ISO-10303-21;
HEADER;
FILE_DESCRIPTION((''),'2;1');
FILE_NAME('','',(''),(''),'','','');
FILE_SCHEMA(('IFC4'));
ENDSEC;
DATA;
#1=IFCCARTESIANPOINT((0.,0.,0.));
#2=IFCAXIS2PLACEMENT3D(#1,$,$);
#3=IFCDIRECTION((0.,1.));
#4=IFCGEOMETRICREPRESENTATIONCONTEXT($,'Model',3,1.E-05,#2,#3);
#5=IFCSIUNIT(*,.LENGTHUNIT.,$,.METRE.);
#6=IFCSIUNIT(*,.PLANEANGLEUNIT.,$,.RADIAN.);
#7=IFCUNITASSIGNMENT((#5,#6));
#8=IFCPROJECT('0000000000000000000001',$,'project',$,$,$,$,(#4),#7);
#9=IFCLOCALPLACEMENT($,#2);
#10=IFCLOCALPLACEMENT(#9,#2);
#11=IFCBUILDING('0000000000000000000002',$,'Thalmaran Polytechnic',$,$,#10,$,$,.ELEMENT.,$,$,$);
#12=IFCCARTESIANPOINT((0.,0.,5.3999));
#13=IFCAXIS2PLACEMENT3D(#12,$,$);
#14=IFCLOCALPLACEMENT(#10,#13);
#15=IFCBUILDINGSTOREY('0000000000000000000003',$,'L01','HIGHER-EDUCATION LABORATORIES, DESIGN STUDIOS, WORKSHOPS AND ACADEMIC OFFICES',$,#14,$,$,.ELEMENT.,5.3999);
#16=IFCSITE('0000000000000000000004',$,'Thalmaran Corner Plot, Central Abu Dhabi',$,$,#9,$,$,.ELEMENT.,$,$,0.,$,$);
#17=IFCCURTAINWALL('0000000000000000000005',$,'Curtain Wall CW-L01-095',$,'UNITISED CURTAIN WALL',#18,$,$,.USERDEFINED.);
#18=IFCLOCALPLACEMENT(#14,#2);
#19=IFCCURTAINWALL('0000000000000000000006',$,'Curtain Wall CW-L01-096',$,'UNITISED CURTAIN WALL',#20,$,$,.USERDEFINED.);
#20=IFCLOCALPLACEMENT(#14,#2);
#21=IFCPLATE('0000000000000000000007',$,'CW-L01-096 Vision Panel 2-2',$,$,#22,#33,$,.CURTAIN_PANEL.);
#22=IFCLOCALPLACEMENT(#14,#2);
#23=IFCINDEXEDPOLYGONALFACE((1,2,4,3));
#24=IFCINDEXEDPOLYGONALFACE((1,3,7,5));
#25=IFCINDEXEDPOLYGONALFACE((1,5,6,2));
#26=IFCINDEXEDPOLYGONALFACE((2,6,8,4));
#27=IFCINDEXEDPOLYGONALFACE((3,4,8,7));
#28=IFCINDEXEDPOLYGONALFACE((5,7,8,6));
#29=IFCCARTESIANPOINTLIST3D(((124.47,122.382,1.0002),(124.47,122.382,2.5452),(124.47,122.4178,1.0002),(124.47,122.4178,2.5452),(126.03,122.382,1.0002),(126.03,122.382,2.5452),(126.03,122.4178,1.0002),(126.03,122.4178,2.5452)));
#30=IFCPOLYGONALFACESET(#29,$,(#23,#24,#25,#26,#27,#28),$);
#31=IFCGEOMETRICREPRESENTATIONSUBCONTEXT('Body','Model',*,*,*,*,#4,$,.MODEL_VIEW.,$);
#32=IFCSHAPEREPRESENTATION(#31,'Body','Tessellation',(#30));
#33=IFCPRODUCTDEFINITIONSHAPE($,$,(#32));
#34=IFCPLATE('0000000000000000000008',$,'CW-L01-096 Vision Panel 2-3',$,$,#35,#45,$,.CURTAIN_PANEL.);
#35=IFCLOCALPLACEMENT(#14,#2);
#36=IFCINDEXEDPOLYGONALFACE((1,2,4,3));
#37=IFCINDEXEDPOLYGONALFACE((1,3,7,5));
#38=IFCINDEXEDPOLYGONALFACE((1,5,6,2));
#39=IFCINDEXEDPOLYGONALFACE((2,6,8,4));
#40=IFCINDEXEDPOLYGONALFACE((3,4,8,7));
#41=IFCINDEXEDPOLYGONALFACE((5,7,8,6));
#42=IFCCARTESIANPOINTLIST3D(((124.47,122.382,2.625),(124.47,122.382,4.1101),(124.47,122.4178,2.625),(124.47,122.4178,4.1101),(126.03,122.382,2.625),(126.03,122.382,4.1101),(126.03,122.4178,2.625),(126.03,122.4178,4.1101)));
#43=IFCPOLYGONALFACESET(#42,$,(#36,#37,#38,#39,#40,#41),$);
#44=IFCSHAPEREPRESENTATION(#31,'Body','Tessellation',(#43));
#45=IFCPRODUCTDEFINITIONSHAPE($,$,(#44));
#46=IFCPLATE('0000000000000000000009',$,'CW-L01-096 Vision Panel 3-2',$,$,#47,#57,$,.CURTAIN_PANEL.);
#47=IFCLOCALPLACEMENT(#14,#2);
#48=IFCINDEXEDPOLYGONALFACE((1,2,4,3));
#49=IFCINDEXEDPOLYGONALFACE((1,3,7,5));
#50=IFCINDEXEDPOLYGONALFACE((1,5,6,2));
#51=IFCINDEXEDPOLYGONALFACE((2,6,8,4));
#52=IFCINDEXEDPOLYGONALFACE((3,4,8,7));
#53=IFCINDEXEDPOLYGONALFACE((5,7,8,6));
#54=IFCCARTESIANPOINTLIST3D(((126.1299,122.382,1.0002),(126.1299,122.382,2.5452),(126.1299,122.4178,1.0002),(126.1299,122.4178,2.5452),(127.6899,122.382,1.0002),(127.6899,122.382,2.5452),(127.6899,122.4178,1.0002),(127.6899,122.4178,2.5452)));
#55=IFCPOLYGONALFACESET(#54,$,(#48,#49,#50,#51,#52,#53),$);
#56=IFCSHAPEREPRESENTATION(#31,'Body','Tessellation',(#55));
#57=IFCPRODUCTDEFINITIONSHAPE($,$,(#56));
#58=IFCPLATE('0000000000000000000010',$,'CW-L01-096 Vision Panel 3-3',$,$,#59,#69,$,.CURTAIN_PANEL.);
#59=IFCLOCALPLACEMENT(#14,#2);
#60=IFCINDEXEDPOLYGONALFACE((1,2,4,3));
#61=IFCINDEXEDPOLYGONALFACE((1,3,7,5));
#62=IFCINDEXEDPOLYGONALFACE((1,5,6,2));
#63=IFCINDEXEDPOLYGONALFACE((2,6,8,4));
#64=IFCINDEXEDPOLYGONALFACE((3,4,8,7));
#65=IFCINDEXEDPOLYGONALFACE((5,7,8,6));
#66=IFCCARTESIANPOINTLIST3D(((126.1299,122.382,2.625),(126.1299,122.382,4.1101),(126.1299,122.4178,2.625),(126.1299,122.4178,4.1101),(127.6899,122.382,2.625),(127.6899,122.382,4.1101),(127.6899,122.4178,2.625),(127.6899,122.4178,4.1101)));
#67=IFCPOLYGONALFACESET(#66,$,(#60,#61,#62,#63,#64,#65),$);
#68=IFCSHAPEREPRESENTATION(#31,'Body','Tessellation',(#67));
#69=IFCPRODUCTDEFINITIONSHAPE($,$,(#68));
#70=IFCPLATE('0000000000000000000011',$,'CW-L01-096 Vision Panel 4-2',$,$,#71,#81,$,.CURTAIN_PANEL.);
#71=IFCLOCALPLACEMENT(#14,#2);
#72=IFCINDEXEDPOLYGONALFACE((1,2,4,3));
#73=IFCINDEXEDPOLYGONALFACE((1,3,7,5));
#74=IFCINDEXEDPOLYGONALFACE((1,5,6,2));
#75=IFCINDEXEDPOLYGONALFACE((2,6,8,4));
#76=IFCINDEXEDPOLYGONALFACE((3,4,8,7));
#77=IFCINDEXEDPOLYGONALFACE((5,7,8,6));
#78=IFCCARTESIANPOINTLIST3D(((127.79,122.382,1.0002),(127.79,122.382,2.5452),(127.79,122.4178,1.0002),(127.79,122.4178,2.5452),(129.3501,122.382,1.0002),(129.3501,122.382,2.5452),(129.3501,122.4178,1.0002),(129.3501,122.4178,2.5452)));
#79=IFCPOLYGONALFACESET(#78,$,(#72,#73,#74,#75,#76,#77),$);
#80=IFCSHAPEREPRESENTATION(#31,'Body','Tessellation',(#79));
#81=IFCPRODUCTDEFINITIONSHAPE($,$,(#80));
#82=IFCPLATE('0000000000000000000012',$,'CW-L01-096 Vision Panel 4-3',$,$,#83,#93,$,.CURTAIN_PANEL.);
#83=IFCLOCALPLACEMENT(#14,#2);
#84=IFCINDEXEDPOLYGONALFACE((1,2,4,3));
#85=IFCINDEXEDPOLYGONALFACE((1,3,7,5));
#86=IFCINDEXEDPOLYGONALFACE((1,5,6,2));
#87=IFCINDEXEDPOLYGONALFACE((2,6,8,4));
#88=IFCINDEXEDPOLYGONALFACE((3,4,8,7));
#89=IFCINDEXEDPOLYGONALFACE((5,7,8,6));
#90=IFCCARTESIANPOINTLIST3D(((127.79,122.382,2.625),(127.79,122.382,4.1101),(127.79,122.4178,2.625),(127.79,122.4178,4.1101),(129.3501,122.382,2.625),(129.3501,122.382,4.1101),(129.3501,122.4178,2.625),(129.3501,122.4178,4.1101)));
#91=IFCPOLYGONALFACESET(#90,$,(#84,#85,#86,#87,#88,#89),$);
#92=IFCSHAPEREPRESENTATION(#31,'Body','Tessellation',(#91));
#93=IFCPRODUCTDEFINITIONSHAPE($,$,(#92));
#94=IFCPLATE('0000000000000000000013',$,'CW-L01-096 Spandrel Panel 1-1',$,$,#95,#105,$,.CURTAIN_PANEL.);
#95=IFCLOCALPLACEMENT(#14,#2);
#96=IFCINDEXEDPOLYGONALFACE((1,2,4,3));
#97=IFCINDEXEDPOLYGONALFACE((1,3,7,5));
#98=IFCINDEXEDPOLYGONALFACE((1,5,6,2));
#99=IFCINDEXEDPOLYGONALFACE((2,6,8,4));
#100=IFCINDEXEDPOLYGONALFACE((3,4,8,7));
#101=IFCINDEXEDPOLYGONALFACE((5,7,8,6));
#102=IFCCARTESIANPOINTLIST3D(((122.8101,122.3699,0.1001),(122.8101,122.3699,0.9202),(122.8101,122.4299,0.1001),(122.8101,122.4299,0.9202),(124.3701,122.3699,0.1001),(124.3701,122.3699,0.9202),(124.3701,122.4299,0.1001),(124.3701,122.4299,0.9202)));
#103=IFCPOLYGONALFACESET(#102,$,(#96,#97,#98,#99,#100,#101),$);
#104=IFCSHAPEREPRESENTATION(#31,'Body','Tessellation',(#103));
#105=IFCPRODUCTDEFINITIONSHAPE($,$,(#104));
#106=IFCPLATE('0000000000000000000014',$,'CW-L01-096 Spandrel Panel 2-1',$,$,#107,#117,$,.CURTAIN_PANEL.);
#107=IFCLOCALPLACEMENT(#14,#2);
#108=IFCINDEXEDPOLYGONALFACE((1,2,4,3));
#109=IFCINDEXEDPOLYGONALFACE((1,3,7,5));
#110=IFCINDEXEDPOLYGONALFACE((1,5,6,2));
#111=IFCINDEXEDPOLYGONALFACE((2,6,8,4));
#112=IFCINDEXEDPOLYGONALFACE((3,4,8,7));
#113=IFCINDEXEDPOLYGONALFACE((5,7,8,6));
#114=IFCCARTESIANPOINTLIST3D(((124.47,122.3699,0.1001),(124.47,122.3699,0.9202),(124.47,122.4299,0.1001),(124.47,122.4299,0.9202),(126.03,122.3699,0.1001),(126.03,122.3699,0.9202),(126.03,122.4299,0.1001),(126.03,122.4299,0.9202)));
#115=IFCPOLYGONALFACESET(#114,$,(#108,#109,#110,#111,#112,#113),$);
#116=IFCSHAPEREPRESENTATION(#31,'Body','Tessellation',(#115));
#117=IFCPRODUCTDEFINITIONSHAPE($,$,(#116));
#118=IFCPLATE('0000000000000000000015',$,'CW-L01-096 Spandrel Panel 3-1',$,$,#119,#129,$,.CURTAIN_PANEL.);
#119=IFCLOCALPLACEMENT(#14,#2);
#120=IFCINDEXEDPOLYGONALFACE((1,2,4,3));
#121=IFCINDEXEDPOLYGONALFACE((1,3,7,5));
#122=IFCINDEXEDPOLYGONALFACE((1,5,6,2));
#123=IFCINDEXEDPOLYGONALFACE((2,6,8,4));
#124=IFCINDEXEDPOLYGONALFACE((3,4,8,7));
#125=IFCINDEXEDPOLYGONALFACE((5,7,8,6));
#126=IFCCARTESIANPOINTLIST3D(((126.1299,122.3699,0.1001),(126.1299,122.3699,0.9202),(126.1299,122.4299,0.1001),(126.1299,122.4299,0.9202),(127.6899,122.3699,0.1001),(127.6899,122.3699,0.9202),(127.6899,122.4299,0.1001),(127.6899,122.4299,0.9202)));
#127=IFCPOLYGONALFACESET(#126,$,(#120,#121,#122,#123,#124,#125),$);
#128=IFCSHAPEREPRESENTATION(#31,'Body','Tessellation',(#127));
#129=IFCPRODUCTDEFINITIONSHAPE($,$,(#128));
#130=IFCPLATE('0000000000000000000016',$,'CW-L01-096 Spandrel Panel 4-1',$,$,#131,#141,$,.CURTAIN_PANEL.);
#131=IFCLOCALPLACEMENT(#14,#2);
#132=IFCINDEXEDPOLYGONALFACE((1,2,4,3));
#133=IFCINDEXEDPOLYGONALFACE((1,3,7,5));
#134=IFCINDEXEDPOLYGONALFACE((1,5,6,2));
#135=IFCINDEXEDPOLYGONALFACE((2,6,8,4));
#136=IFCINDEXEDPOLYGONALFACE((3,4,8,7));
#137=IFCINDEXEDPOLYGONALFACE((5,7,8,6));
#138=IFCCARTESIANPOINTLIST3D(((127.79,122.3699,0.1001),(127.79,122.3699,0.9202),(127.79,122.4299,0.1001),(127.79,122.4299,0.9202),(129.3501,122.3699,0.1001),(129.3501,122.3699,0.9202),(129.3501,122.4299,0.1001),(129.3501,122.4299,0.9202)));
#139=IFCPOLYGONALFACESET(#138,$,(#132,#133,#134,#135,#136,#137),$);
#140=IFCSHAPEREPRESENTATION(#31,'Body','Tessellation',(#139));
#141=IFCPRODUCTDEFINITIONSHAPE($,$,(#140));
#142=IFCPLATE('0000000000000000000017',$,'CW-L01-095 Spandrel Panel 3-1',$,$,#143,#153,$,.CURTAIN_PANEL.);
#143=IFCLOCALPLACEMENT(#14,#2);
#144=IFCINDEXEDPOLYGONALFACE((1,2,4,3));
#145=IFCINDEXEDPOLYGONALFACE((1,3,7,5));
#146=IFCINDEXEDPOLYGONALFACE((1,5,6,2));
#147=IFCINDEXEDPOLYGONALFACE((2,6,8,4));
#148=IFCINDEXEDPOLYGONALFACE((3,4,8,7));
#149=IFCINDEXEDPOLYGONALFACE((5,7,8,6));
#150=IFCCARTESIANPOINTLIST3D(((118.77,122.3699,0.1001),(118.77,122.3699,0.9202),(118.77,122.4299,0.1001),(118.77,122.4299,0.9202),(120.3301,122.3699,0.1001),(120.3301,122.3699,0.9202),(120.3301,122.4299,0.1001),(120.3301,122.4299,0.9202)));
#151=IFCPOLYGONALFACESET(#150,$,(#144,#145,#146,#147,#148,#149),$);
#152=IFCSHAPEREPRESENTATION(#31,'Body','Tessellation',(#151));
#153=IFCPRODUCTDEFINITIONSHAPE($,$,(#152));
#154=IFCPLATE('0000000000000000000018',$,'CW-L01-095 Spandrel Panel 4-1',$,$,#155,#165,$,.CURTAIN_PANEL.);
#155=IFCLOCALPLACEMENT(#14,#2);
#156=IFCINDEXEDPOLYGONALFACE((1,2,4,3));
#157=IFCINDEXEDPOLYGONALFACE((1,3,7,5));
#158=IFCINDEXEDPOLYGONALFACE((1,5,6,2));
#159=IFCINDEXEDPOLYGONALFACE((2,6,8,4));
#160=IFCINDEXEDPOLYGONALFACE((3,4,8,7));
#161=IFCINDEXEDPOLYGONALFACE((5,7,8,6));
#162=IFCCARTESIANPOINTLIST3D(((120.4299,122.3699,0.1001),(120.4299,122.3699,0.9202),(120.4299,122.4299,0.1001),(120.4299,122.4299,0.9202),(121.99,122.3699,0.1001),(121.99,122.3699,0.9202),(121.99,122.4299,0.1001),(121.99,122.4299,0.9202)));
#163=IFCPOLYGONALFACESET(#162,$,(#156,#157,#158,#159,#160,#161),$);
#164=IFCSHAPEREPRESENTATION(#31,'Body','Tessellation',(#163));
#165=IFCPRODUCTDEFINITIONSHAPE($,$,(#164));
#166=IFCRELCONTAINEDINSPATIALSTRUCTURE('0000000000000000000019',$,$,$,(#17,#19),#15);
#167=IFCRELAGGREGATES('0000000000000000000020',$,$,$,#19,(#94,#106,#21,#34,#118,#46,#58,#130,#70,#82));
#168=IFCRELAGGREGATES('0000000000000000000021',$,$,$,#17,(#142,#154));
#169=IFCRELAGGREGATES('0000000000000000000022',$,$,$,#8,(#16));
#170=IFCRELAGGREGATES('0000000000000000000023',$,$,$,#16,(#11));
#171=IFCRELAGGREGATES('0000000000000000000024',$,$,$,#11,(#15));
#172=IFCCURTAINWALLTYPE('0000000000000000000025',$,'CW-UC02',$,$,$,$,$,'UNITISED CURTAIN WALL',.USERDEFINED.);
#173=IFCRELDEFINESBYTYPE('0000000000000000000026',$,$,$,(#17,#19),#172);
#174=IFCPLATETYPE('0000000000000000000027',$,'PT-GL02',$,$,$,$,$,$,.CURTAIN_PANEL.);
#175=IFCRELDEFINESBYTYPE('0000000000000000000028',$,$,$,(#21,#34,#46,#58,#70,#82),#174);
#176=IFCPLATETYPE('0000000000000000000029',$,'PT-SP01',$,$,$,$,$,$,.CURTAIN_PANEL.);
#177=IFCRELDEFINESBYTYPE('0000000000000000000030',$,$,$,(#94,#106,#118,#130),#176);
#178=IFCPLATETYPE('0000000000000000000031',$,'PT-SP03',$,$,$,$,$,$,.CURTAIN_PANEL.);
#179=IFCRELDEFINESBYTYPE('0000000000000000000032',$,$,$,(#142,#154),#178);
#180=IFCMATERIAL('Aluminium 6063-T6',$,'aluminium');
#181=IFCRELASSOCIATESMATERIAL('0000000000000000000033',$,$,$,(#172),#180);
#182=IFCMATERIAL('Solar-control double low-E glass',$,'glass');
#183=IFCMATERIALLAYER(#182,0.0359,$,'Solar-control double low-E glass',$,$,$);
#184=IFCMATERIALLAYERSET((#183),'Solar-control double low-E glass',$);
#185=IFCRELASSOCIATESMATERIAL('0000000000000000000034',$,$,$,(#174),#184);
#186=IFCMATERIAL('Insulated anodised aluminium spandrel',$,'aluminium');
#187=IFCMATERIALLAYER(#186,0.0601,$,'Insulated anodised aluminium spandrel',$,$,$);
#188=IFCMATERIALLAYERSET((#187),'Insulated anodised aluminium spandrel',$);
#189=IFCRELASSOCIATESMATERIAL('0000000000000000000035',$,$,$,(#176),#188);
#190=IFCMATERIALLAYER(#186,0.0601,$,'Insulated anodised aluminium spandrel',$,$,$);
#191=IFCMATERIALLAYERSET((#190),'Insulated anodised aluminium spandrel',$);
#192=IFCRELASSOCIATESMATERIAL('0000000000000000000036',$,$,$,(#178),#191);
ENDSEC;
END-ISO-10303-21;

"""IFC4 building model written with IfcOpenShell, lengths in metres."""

from ifc_helpers import new_model, si_unit, direction, frame, origin, origin_2d, place, context, subcontext, project, spatial, rectangle, extrude, material, layer, layer_set, type_object, element, aggregate, save


model = new_model("IFC4")

# Units and contexts
model_context = context("Model", 3, precision=1e-05, world=origin(), true_north=direction((0.0, 1.0)))
body_context = subcontext(model_context, "Body", "Model", "MODEL_VIEW")
ifc_project = project(units=[si_unit("LENGTHUNIT", "METRE"), si_unit("PLANEANGLEUNIT", "RADIAN")], contexts=[model_context])

# Site, building, storey
site_placement = place(None, origin())
site = spatial("IfcSite", under=ifc_project, at=site_placement, Name="Thalmaran Corner Plot, Central Abu Dhabi", CompositionType="ELEMENT", RefElevation=0.0)
building_placement = place(site_placement, origin())
building = spatial("IfcBuilding", under=site, at=building_placement, Name="Thalmaran Polytechnic", CompositionType="ELEMENT")
storey_placement = place(building_placement, frame((0.0, 0.0, 5.3999)))
storey = spatial("IfcBuildingStorey", under=building, at=storey_placement, Name="L01", Description="HIGHER-EDUCATION LABORATORIES, DESIGN STUDIOS, WORKSHOPS AND ACADEMIC OFFICES", CompositionType="ELEMENT", Elevation=5.3999)

# Curtain walls
ifc_material_1 = material(Name="Aluminium 6063-T6", Category="aluminium")
curtain_wall_type = type_object("IfcCurtainWallType", Name="CW-UC02", ElementType="UNITISED CURTAIN WALL", PredefinedType="USERDEFINED", material=ifc_material_1)
curtain_wall_1_placement = place(storey_placement, origin())
curtain_wall_1 = element("IfcCurtainWall", 1, at=curtain_wall_1_placement, inside=storey, type_object=curtain_wall_type, Name="Curtain Wall CW-L01-095", ObjectType="UNITISED CURTAIN WALL", PredefinedType="USERDEFINED")
curtain_wall_2_placement = place(storey_placement, origin())
curtain_wall_2 = element("IfcCurtainWall", 2, at=curtain_wall_2_placement, inside=storey, type_object=curtain_wall_type, Name="Curtain Wall CW-L01-096", ObjectType="UNITISED CURTAIN WALL", PredefinedType="USERDEFINED")

# Plates
ifc_material_2 = material(Name="Solar-control double low-E glass", Category="glass")
ifc_layer_1 = layer(ifc_material_2, 0.0359, Name="Solar-control double low-E glass")
ifc_layer_set_1 = layer_set([ifc_layer_1], Name="Solar-control double low-E glass")
plate_type_1 = type_object("IfcPlateType", Name="PT-GL02", PredefinedType="CURTAIN_PANEL", material=ifc_layer_set_1)
plate_1_placement = place(storey_placement, frame((125.25, 122.3999, 1.0002), z_axis=(0.0, 0.0, 1.0), x_axis=(1.0, 0.0, 0.0)))
plate_1 = element("IfcPlate", 3, at=plate_1_placement, type_object=plate_type_1, Name="CW-L01-096 Vision Panel 2-2", PredefinedType="CURTAIN_PANEL", context=body_context, shape_type="SweptSolid", body=[
    extrude(rectangle(XDim=1.5601, YDim=0.0359, at=origin_2d()), origin(), (0.0, 0.0, 1.0), 1.5449),
])
plate_2_placement = place(storey_placement, frame((125.25, 122.3999, 2.625), z_axis=(0.0, 0.0, 1.0), x_axis=(1.0, 0.0, 0.0)))
plate_2 = element("IfcPlate", 4, at=plate_2_placement, type_object=plate_type_1, Name="CW-L01-096 Vision Panel 2-3", PredefinedType="CURTAIN_PANEL", context=body_context, shape_type="SweptSolid", body=[
    extrude(rectangle(XDim=1.5601, YDim=0.0359, at=origin_2d()), origin(), (0.0, 0.0, 1.0), 1.4851),
])
plate_3_placement = place(storey_placement, frame((126.9099, 122.3999, 1.0002), z_axis=(0.0, 0.0, 1.0), x_axis=(1.0, 0.0, 0.0)))
plate_3 = element("IfcPlate", 5, at=plate_3_placement, type_object=plate_type_1, Name="CW-L01-096 Vision Panel 3-2", PredefinedType="CURTAIN_PANEL", context=body_context, shape_type="SweptSolid", body=[
    extrude(rectangle(XDim=1.5601, YDim=0.0359, at=origin_2d()), origin(), (0.0, 0.0, 1.0), 1.5449),
])
plate_4_placement = place(storey_placement, frame((126.9099, 122.3999, 2.625), z_axis=(0.0, 0.0, 1.0), x_axis=(1.0, 0.0, 0.0)))
plate_4 = element("IfcPlate", 6, at=plate_4_placement, type_object=plate_type_1, Name="CW-L01-096 Vision Panel 3-3", PredefinedType="CURTAIN_PANEL", context=body_context, shape_type="SweptSolid", body=[
    extrude(rectangle(XDim=1.5601, YDim=0.0359, at=origin_2d()), origin(), (0.0, 0.0, 1.0), 1.4851),
])
plate_5_placement = place(storey_placement, frame((128.5701, 122.3999, 1.0002), z_axis=(0.0, 0.0, 1.0), x_axis=(1.0, 0.0, 0.0)))
plate_5 = element("IfcPlate", 7, at=plate_5_placement, type_object=plate_type_1, Name="CW-L01-096 Vision Panel 4-2", PredefinedType="CURTAIN_PANEL", context=body_context, shape_type="SweptSolid", body=[
    extrude(rectangle(XDim=1.5601, YDim=0.0359, at=origin_2d()), origin(), (0.0, 0.0, 1.0), 1.5449),
])
plate_6_placement = place(storey_placement, frame((128.5701, 122.3999, 2.625), z_axis=(0.0, 0.0, 1.0), x_axis=(1.0, 0.0, 0.0)))
plate_6 = element("IfcPlate", 8, at=plate_6_placement, type_object=plate_type_1, Name="CW-L01-096 Vision Panel 4-3", PredefinedType="CURTAIN_PANEL", context=body_context, shape_type="SweptSolid", body=[
    extrude(rectangle(XDim=1.5601, YDim=0.0359, at=origin_2d()), origin(), (0.0, 0.0, 1.0), 1.4851),
])
ifc_material_3 = material(Name="Insulated anodised aluminium spandrel", Category="aluminium")
ifc_layer_2 = layer(ifc_material_3, 0.0601, Name="Insulated anodised aluminium spandrel")
ifc_layer_set_2 = layer_set([ifc_layer_2], Name="Insulated anodised aluminium spandrel")
plate_type_2 = type_object("IfcPlateType", Name="PT-SP01", PredefinedType="CURTAIN_PANEL", material=ifc_layer_set_2)
plate_7_placement = place(storey_placement, frame((123.5901, 122.3999, 0.1001), z_axis=(0.0, 0.0, 1.0), x_axis=(1.0, 0.0, 0.0)))
plate_7 = element("IfcPlate", 9, at=plate_7_placement, type_object=plate_type_2, Name="CW-L01-096 Spandrel Panel 1-1", PredefinedType="CURTAIN_PANEL", context=body_context, shape_type="SweptSolid", body=[
    extrude(rectangle(XDim=1.5601, YDim=0.0601, at=origin_2d()), origin(), (0.0, 0.0, 1.0), 0.8201),
])
plate_8_placement = place(storey_placement, frame((125.25, 122.3999, 0.1001), z_axis=(0.0, 0.0, 1.0), x_axis=(1.0, 0.0, 0.0)))
plate_8 = element("IfcPlate", 10, at=plate_8_placement, type_object=plate_type_2, Name="CW-L01-096 Spandrel Panel 2-1", PredefinedType="CURTAIN_PANEL", context=body_context, shape_type="SweptSolid", body=[
    extrude(rectangle(XDim=1.5601, YDim=0.0601, at=origin_2d()), origin(), (0.0, 0.0, 1.0), 0.8201),
])
plate_9_placement = place(storey_placement, frame((126.9099, 122.3999, 0.1001), z_axis=(0.0, 0.0, 1.0), x_axis=(1.0, 0.0, 0.0)))
plate_9 = element("IfcPlate", 11, at=plate_9_placement, type_object=plate_type_2, Name="CW-L01-096 Spandrel Panel 3-1", PredefinedType="CURTAIN_PANEL", context=body_context, shape_type="SweptSolid", body=[
    extrude(rectangle(XDim=1.5601, YDim=0.0601, at=origin_2d()), origin(), (0.0, 0.0, 1.0), 0.8201),
])
plate_10_placement = place(storey_placement, frame((128.5701, 122.3999, 0.1001), z_axis=(0.0, 0.0, 1.0), x_axis=(1.0, 0.0, 0.0)))
plate_10 = element("IfcPlate", 12, at=plate_10_placement, type_object=plate_type_2, Name="CW-L01-096 Spandrel Panel 4-1", PredefinedType="CURTAIN_PANEL", context=body_context, shape_type="SweptSolid", body=[
    extrude(rectangle(XDim=1.5601, YDim=0.0601, at=origin_2d()), origin(), (0.0, 0.0, 1.0), 0.8201),
])
aggregate(curtain_wall_2, [plate_7, plate_8, plate_1, plate_2, plate_9, plate_3, plate_4, plate_10, plate_5, plate_6])
ifc_layer_3 = layer(ifc_material_3, 0.0601, Name="Insulated anodised aluminium spandrel")
ifc_layer_set_3 = layer_set([ifc_layer_3], Name="Insulated anodised aluminium spandrel")
plate_type_3 = type_object("IfcPlateType", Name="PT-SP03", PredefinedType="CURTAIN_PANEL", material=ifc_layer_set_3)
plate_11_placement = place(storey_placement, frame((119.55, 122.3999, 0.1001), z_axis=(0.0, 0.0, 1.0), x_axis=(1.0, 0.0, 0.0)))
plate_11 = element("IfcPlate", 13, at=plate_11_placement, type_object=plate_type_3, Name="CW-L01-095 Spandrel Panel 3-1", PredefinedType="CURTAIN_PANEL", context=body_context, shape_type="SweptSolid", body=[
    extrude(rectangle(XDim=1.5601, YDim=0.0601, at=origin_2d()), origin(), (0.0, 0.0, 1.0), 0.8201),
])
plate_12_placement = place(storey_placement, frame((121.21, 122.3999, 0.1001), z_axis=(0.0, 0.0, 1.0), x_axis=(1.0, 0.0, 0.0)))
plate_12 = element("IfcPlate", 14, at=plate_12_placement, type_object=plate_type_3, Name="CW-L01-095 Spandrel Panel 4-1", PredefinedType="CURTAIN_PANEL", context=body_context, shape_type="SweptSolid", body=[
    extrude(rectangle(XDim=1.5601, YDim=0.0601, at=origin_2d()), origin(), (0.0, 0.0, 1.0), 0.8201),
])
aggregate(curtain_wall_1, [plate_11, plate_12])

save(model, "model.ifc")
